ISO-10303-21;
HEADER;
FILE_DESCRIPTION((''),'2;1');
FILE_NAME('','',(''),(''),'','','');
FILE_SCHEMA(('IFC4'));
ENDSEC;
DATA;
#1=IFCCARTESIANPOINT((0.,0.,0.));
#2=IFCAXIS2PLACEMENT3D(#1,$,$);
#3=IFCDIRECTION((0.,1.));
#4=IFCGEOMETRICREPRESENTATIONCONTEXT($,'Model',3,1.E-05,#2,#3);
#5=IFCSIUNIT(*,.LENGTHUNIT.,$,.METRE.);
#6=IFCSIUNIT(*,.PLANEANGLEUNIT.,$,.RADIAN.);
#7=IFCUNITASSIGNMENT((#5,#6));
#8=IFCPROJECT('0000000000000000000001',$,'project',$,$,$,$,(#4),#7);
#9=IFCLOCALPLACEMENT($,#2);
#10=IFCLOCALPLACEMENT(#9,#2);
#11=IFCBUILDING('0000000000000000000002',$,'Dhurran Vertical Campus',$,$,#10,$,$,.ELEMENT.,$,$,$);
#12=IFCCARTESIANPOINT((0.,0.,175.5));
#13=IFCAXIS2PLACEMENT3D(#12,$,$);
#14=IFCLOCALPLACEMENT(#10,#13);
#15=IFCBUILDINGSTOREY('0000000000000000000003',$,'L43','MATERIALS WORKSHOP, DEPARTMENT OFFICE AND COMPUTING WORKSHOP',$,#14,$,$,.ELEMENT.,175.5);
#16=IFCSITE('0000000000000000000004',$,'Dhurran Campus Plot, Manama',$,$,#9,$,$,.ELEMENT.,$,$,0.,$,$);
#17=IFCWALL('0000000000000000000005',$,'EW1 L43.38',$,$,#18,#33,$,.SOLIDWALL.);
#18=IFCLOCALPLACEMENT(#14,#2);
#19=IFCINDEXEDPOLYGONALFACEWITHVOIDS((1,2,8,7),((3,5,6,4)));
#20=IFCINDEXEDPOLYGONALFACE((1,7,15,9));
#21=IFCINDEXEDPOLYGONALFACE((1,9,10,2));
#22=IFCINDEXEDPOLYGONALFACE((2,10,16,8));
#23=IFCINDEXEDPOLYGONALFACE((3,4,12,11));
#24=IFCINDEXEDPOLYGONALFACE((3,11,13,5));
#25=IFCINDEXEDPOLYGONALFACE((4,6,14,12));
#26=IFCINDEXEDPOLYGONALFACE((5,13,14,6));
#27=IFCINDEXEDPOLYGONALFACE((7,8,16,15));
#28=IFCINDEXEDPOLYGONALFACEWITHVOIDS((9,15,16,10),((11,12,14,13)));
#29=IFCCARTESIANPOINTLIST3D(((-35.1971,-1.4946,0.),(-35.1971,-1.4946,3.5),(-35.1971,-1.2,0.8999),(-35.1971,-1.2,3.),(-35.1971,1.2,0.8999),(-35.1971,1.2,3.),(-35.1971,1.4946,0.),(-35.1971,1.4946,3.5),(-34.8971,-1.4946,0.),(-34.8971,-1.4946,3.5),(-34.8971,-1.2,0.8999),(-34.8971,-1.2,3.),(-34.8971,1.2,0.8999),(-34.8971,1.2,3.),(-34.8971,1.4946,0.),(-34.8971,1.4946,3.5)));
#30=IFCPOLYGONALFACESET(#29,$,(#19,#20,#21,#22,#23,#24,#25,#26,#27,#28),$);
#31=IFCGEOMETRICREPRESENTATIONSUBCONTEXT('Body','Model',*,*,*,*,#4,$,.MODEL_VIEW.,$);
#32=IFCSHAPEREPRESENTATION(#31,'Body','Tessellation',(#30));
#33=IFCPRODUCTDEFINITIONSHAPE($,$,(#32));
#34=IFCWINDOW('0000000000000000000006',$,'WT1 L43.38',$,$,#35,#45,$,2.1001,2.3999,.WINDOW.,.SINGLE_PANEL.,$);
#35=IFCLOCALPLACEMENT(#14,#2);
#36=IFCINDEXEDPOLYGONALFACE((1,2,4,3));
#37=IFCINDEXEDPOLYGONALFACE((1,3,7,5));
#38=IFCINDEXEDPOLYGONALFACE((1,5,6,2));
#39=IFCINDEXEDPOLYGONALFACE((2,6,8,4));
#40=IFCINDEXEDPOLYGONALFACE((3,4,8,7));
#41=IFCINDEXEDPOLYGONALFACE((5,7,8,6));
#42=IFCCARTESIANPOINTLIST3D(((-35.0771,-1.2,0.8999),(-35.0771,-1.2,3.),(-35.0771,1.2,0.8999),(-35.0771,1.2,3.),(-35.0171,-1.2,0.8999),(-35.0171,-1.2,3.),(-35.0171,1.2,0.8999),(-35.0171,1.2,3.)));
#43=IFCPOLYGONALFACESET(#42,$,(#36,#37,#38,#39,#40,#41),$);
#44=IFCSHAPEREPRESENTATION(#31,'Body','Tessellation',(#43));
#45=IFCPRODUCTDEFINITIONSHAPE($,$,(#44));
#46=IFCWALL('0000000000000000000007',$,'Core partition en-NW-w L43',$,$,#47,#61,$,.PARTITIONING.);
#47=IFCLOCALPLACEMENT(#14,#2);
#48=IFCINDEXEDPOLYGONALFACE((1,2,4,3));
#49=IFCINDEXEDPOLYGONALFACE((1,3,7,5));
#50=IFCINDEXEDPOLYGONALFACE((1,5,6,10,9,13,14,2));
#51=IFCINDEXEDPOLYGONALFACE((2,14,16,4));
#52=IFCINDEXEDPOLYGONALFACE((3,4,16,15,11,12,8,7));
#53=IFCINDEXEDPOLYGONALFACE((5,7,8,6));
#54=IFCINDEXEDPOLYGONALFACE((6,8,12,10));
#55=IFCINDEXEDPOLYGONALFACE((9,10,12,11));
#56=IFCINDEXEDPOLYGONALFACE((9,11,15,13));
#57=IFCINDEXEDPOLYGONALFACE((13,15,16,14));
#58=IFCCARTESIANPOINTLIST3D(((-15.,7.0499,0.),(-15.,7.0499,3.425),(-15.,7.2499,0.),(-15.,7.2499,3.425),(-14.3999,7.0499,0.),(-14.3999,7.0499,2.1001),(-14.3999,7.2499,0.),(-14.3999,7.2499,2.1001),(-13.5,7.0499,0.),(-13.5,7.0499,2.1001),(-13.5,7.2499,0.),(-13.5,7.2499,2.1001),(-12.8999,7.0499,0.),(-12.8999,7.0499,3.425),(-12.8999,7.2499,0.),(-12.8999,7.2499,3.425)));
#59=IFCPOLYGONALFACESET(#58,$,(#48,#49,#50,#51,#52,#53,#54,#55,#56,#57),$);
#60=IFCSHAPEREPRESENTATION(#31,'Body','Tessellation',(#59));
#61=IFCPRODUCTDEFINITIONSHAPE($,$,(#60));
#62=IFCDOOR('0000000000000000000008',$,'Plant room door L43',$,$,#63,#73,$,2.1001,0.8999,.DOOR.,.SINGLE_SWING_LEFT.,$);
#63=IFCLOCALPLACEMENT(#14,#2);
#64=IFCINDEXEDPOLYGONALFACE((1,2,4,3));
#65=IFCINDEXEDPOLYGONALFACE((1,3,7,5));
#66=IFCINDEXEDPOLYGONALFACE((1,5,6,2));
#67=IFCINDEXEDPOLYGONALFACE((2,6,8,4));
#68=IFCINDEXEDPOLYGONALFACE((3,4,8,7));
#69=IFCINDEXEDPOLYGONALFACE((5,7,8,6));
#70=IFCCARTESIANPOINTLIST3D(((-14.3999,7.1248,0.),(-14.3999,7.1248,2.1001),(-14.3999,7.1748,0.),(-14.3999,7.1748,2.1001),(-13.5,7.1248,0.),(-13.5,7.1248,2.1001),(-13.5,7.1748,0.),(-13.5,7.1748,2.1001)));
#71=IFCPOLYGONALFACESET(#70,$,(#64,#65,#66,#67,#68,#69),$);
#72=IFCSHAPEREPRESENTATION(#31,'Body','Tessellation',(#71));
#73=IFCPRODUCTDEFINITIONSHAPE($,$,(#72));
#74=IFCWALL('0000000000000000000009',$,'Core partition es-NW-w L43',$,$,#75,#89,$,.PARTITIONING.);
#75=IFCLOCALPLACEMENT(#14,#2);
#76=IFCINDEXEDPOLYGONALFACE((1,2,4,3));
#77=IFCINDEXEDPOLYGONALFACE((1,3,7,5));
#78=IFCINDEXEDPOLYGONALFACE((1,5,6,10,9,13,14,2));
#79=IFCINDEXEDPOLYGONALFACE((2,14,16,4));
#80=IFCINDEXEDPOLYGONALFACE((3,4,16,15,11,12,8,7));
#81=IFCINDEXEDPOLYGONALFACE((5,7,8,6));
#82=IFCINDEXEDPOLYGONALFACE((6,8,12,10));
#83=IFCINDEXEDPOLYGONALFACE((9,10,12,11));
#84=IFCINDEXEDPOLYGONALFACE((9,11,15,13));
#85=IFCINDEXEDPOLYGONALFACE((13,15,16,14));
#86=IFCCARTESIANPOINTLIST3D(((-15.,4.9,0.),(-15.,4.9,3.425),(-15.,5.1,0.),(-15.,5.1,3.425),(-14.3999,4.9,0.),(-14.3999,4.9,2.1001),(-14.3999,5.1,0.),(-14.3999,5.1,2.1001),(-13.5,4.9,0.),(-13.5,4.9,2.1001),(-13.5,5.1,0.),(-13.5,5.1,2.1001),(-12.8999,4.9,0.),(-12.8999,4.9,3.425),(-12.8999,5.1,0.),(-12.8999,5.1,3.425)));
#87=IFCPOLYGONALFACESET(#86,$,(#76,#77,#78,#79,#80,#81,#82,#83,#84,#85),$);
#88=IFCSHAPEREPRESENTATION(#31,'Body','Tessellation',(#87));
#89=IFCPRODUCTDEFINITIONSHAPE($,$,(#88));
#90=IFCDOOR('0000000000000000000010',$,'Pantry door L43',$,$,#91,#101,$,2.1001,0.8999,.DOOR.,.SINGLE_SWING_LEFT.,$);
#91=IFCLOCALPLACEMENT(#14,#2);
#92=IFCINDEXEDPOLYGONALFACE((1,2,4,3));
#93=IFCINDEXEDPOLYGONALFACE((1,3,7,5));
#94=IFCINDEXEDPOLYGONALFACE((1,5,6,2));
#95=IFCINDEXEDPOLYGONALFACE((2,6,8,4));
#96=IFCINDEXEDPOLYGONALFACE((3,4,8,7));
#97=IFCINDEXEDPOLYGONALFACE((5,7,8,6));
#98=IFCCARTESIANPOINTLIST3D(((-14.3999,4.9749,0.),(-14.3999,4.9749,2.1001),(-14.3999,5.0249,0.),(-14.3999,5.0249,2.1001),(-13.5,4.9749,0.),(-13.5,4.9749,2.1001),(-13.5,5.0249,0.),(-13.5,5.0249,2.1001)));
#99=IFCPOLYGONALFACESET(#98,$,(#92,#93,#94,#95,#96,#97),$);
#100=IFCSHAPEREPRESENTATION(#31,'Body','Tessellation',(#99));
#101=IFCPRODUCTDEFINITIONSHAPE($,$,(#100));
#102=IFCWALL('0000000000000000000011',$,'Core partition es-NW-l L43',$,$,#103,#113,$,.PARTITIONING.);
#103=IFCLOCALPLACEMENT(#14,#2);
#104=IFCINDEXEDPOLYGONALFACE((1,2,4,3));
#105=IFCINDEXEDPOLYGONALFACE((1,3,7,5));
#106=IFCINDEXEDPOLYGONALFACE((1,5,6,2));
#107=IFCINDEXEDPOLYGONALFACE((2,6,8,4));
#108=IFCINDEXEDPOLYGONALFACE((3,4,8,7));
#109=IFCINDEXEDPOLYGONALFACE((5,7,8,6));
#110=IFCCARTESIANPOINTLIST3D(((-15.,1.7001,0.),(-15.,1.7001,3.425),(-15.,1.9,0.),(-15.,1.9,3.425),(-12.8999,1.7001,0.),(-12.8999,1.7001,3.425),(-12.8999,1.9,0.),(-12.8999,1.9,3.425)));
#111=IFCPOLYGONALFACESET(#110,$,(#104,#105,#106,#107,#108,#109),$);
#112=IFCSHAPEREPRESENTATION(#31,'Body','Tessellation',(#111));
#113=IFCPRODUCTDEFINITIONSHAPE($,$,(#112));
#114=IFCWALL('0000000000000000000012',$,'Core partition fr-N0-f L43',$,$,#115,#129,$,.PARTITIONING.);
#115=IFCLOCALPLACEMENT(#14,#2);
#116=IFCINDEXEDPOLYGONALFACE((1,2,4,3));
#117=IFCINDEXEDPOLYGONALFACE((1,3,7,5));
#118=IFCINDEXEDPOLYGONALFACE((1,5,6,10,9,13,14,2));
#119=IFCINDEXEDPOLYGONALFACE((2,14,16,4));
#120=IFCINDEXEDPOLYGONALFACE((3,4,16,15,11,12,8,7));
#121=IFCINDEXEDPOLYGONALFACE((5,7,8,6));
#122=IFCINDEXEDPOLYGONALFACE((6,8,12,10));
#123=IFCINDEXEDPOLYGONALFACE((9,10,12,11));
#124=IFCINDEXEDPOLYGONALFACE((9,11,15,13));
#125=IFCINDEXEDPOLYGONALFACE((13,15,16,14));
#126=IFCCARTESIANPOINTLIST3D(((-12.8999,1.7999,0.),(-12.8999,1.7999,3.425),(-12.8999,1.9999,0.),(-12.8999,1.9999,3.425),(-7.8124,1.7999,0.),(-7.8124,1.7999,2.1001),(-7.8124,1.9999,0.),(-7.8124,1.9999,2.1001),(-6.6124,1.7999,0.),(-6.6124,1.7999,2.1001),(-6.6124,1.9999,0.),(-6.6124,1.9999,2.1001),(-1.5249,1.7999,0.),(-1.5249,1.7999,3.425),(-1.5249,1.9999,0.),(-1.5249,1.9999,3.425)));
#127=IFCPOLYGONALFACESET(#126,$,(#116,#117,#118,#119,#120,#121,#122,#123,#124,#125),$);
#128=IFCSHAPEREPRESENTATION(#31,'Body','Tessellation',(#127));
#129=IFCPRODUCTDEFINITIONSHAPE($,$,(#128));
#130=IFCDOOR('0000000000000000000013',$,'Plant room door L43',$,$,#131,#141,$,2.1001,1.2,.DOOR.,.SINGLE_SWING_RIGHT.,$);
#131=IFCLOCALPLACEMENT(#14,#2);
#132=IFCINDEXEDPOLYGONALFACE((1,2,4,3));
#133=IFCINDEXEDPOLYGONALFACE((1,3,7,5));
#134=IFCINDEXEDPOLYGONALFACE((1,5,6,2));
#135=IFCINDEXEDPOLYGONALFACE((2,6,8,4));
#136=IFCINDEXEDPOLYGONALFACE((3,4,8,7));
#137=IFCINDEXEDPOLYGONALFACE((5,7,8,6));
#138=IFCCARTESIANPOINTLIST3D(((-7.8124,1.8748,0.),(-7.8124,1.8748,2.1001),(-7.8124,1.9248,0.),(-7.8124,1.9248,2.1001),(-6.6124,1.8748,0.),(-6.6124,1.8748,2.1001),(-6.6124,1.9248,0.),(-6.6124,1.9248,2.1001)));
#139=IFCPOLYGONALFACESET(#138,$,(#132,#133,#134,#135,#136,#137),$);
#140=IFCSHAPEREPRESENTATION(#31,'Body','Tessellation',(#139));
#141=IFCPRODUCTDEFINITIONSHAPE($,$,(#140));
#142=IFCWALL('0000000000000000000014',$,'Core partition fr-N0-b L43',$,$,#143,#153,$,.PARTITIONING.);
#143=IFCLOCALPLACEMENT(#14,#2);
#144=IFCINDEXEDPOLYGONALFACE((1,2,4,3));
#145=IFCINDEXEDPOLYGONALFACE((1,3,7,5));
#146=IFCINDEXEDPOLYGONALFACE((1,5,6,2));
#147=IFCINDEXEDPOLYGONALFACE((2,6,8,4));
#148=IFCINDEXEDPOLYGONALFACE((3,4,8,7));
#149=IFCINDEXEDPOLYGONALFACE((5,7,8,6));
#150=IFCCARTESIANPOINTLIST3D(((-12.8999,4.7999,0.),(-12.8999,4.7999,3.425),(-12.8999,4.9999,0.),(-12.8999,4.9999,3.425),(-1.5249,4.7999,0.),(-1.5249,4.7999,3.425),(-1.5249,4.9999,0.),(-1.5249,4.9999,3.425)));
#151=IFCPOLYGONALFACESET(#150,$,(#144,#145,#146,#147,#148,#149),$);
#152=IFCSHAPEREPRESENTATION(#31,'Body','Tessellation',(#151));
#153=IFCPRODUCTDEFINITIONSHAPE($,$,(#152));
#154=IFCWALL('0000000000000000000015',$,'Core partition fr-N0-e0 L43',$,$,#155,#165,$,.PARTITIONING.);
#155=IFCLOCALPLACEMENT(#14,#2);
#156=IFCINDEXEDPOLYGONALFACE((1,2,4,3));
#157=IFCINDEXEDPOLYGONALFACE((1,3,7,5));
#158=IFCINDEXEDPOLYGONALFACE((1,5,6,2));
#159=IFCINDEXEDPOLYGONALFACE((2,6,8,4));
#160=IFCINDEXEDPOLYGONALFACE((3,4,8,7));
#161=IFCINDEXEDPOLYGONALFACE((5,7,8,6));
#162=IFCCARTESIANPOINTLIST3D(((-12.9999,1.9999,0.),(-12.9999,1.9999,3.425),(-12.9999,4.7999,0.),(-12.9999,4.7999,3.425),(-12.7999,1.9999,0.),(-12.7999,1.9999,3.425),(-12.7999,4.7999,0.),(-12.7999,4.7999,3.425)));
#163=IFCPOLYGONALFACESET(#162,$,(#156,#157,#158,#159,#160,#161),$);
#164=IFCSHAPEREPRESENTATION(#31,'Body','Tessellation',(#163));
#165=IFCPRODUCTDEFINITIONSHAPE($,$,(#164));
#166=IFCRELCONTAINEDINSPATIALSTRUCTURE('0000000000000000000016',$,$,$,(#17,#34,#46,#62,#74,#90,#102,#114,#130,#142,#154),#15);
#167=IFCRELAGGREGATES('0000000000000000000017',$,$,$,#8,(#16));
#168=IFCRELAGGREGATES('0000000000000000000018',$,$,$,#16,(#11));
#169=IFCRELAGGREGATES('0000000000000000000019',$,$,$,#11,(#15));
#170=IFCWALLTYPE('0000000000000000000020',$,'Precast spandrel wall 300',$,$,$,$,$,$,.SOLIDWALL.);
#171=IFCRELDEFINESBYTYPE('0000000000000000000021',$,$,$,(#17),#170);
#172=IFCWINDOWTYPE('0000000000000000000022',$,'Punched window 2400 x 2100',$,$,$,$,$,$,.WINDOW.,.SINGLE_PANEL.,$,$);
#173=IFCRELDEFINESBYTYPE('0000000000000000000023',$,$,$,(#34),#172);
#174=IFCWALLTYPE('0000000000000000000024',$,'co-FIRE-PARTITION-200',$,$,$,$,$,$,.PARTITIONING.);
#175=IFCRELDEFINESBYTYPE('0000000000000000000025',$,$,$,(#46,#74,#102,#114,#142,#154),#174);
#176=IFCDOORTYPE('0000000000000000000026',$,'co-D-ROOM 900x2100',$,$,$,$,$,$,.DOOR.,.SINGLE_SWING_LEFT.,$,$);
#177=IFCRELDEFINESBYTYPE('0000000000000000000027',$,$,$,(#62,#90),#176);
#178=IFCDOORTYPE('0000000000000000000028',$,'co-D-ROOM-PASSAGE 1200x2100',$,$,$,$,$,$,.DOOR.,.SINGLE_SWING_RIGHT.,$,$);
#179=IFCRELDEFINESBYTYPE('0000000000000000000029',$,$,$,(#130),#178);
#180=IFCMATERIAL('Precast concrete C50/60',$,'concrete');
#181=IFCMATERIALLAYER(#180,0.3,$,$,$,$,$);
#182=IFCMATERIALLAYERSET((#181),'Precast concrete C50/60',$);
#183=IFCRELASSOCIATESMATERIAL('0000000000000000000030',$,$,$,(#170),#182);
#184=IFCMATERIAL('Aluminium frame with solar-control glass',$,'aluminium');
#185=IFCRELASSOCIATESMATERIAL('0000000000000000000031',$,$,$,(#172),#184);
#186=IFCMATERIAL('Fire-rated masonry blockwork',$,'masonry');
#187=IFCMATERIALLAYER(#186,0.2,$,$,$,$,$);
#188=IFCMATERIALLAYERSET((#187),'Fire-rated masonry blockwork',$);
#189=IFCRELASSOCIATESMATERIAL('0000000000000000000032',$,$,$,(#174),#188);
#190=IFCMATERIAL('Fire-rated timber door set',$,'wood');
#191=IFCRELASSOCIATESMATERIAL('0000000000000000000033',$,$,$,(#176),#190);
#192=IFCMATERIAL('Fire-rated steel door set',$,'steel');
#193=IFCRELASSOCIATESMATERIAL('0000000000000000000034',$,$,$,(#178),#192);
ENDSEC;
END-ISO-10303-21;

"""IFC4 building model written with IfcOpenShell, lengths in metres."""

from ifc_helpers import new_model, si_unit, direction, frame, frame_2d, origin, place, context, subcontext, project, spatial, rectangle, extrude, material, layer, layer_set, type_object, element, fill, save


model = new_model("IFC4")

# Units and contexts
model_context = context("Model", 3, precision=1e-05, world=origin(), true_north=direction((0.0, 1.0)))
body_context = subcontext(model_context, "Body", "Model", "MODEL_VIEW")
ifc_project = project(units=[si_unit("LENGTHUNIT", "METRE"), si_unit("PLANEANGLEUNIT", "RADIAN")], contexts=[model_context])

# Site, building, storey
site_placement = place(None, origin())
site = spatial("IfcSite", under=ifc_project, at=site_placement, Name="Dhurran Campus Plot, Manama", CompositionType="ELEMENT", RefElevation=0.0)
building_placement = place(site_placement, origin())
building = spatial("IfcBuilding", under=site, at=building_placement, Name="Dhurran Vertical Campus", CompositionType="ELEMENT")
storey_placement = place(building_placement, frame((0.0, 0.0, 175.5)))
storey = spatial("IfcBuildingStorey", under=building, at=storey_placement, Name="L43", Description="MATERIALS WORKSHOP, DEPARTMENT OFFICE AND COMPUTING WORKSHOP", CompositionType="ELEMENT", Elevation=175.5)

# Wall, opening, window
ifc_material_1 = material(Name="Precast concrete C50/60", Category="concrete")
ifc_layer_1 = layer(ifc_material_1, 0.3)
ifc_layer_set_1 = layer_set([ifc_layer_1], Name="Precast concrete C50/60")
wall_type_1 = type_object("IfcWallType", Name="Precast spandrel wall 300", PredefinedType="SOLIDWALL", material=ifc_layer_set_1)
ifc_material_2 = material(Name="Aluminium frame with solar-control glass", Category="aluminium")
window_type = type_object("IfcWindowType", Name="Punched window 2400 x 2100", PartitioningType="SINGLE_PANEL", PredefinedType="WINDOW", material=ifc_material_2)
wall_1_placement = place(storey_placement, frame((-35.0471, 1.4946, 0.0), z_axis=(0.0, 0.0, 1.0), x_axis=(0.0, -1.0, 0.0)))
wall_1 = element("IfcWall", 1, at=wall_1_placement, inside=storey, type_object=wall_type_1, Name="EW1 L43.38", PredefinedType="SOLIDWALL", context=body_context, shape_type="SweptSolid", body=[
    extrude(rectangle(XDim=2.9893, YDim=0.3, at=frame_2d((1.4946, 0.0))), origin(), (0.0, 0.0, 1.0), 3.5),
])
opening_1_placement = place(wall_1_placement, frame((0.2947, 0.0, 0.8999)))
opening_1 = element("IfcOpeningElement", 2, at=opening_1_placement, cuts=wall_1, PredefinedType="OPENING", context=body_context, shape_type="SweptSolid", body=[
    extrude(rectangle(XDim=2.3999, YDim=2.1001, at=frame_2d((1.2, 1.05))), frame((0.0, 0.1599, 0.0), z_axis=(0.0, -1.0, 0.0), x_axis=(1.0, 0.0, 0.0)), (0.0, 0.0, 1.0), 0.3201),
])
window_1_placement = place(opening_1_placement, origin())
window_1 = element("IfcWindow", 3, at=window_1_placement, inside=storey, type_object=window_type, Name="WT1 L43.38", OverallHeight=2.1001, OverallWidth=2.3999, PartitioningType="SINGLE_PANEL", PredefinedType="WINDOW", context=body_context, shape_type="SweptSolid", body=[
    extrude(rectangle(XDim=2.3999, YDim=2.1001, at=frame_2d((1.2, 1.05))), frame((0.0, 0.03, 0.0), z_axis=(0.0, -1.0, 0.0), x_axis=(1.0, 0.0, 0.0)), (0.0, 0.0, 1.0), 0.0601),
])
fill(opening_1, window_1)

# Walls, openings, doors
ifc_material_3 = material(Name="Fire-rated masonry blockwork", Category="masonry")
ifc_layer_2 = layer(ifc_material_3, 0.2)
ifc_layer_set_2 = layer_set([ifc_layer_2], Name="Fire-rated masonry blockwork")
wall_type_2 = type_object("IfcWallType", Name="co-FIRE-PARTITION-200", PredefinedType="PARTITIONING", material=ifc_layer_set_2)
wall_2_placement = place(storey_placement, frame((-15.0, 7.1499, 0.0), z_axis=(0.0, 0.0, 1.0), x_axis=(1.0, 0.0, 0.0)))
wall_2 = element("IfcWall", 4, at=wall_2_placement, inside=storey, type_object=wall_type_2, Name="Core partition en-NW-w L43", PredefinedType="PARTITIONING", context=body_context, shape_type="SweptSolid", body=[
    extrude(rectangle(XDim=2.1001, YDim=0.2, at=frame_2d((1.05, 0.0))), origin(), (0.0, 0.0, 1.0), 3.425),
])
opening_2_placement = place(wall_2_placement, frame((0.6001, 0.0, 0.0)))
opening_2 = element("IfcOpeningElement", 5, at=opening_2_placement, cuts=wall_2, PredefinedType="OPENING", context=body_context, shape_type="SweptSolid", body=[
    extrude(rectangle(XDim=0.8999, YDim=2.1001, at=frame_2d((0.45, 1.05))), frame((0.0, 0.1099, 0.0), z_axis=(0.0, -1.0, 0.0), x_axis=(1.0, 0.0, 0.0)), (0.0, 0.0, 1.0), 0.22),
])
ifc_material_4 = material(Name="Fire-rated timber door set", Category="wood")
door_type_1 = type_object("IfcDoorType", Name="co-D-ROOM 900x2100", OperationType="SINGLE_SWING_LEFT", PredefinedType="DOOR", material=ifc_material_4)
door_1_placement = place(opening_2_placement, origin())
door_1 = element("IfcDoor", 6, at=door_1_placement, inside=storey, type_object=door_type_1, Name="Plant room door L43", OperationType="SINGLE_SWING_LEFT", OverallHeight=2.1001, OverallWidth=0.8999, PredefinedType="DOOR", context=body_context, shape_type="SweptSolid", body=[
    extrude(rectangle(XDim=0.8999, YDim=2.1001, at=frame_2d((0.45, 1.05))), frame((0.0, 0.0249, 0.0), z_axis=(0.0, -1.0, 0.0), x_axis=(1.0, 0.0, 0.0)), (0.0, 0.0, 1.0), 0.05),
])
fill(opening_2, door_1)
wall_3_placement = place(storey_placement, frame((-15.0, 5.0, 0.0), z_axis=(0.0, 0.0, 1.0), x_axis=(1.0, 0.0, 0.0)))
wall_3 = element("IfcWall", 7, at=wall_3_placement, inside=storey, type_object=wall_type_2, Name="Core partition es-NW-w L43", PredefinedType="PARTITIONING", context=body_context, shape_type="SweptSolid", body=[
    extrude(rectangle(XDim=2.1001, YDim=0.2, at=frame_2d((1.05, 0.0))), origin(), (0.0, 0.0, 1.0), 3.425),
])
opening_3_placement = place(wall_3_placement, frame((0.6001, 0.0, 0.0)))
opening_3 = element("IfcOpeningElement", 8, at=opening_3_placement, cuts=wall_3, PredefinedType="OPENING", context=body_context, shape_type="SweptSolid", body=[
    extrude(rectangle(XDim=0.8999, YDim=2.1001, at=frame_2d((0.45, 1.05))), frame((0.0, 0.1099, 0.0), z_axis=(0.0, -1.0, 0.0), x_axis=(1.0, 0.0, 0.0)), (0.0, 0.0, 1.0), 0.22),
])
door_2_placement = place(opening_3_placement, origin())
door_2 = element("IfcDoor", 9, at=door_2_placement, inside=storey, type_object=door_type_1, Name="Pantry door L43", OperationType="SINGLE_SWING_LEFT", OverallHeight=2.1001, OverallWidth=0.8999, PredefinedType="DOOR", context=body_context, shape_type="SweptSolid", body=[
    extrude(rectangle(XDim=0.8999, YDim=2.1001, at=frame_2d((0.45, 1.05))), frame((0.0, 0.0249, 0.0), z_axis=(0.0, -1.0, 0.0), x_axis=(1.0, 0.0, 0.0)), (0.0, 0.0, 1.0), 0.05),
])
fill(opening_3, door_2)

# Wall
wall_4_placement = place(storey_placement, frame((-15.0, 1.8, 0.0), z_axis=(0.0, 0.0, 1.0), x_axis=(1.0, 0.0, 0.0)))
element("IfcWall", 10, at=wall_4_placement, inside=storey, type_object=wall_type_2, Name="Core partition es-NW-l L43", PredefinedType="PARTITIONING", context=body_context, shape_type="SweptSolid", body=[
    extrude(rectangle(XDim=2.1001, YDim=0.2, at=frame_2d((1.05, 0.0))), origin(), (0.0, 0.0, 1.0), 3.425),
])

# Wall, opening, door
wall_5_placement = place(storey_placement, frame((-12.8999, 1.8999, 0.0), z_axis=(0.0, 0.0, 1.0), x_axis=(1.0, 0.0, 0.0)))
wall_5 = element("IfcWall", 11, at=wall_5_placement, inside=storey, type_object=wall_type_2, Name="Core partition fr-N0-f L43", PredefinedType="PARTITIONING", context=body_context, shape_type="SweptSolid", body=[
    extrude(rectangle(XDim=11.375, YDim=0.2, at=frame_2d((5.6875, 0.0))), origin(), (0.0, 0.0, 1.0), 3.425),
])
opening_4_placement = place(wall_5_placement, frame((5.0874, 0.0, 0.0)))
opening_4 = element("IfcOpeningElement", 12, at=opening_4_placement, cuts=wall_5, PredefinedType="OPENING", context=body_context, shape_type="SweptSolid", body=[
    extrude(rectangle(XDim=1.2, YDim=2.1001, at=frame_2d((0.6001, 1.05))), frame((0.0, 0.1099, 0.0), z_axis=(0.0, -1.0, 0.0), x_axis=(1.0, 0.0, 0.0)), (0.0, 0.0, 1.0), 0.22),
])
ifc_material_5 = material(Name="Fire-rated steel door set", Category="steel")
door_type_2 = type_object("IfcDoorType", Name="co-D-ROOM-PASSAGE 1200x2100", OperationType="SINGLE_SWING_RIGHT", PredefinedType="DOOR", material=ifc_material_5)
door_3_placement = place(opening_4_placement, origin())
door_3 = element("IfcDoor", 13, at=door_3_placement, inside=storey, type_object=door_type_2, Name="Plant room door L43", OperationType="SINGLE_SWING_RIGHT", OverallHeight=2.1001, OverallWidth=1.2, PredefinedType="DOOR", context=body_context, shape_type="SweptSolid", body=[
    extrude(rectangle(XDim=1.2, YDim=2.1001, at=frame_2d((0.6001, 1.05))), frame((0.0, 0.0249, 0.0), z_axis=(0.0, -1.0, 0.0), x_axis=(1.0, 0.0, 0.0)), (0.0, 0.0, 1.0), 0.05),
])
fill(opening_4, door_3)

# Walls
wall_6_placement = place(storey_placement, frame((-12.8999, 4.8999, 0.0), z_axis=(0.0, 0.0, 1.0), x_axis=(1.0, 0.0, 0.0)))
element("IfcWall", 14, at=wall_6_placement, inside=storey, type_object=wall_type_2, Name="Core partition fr-N0-b L43", PredefinedType="PARTITIONING", context=body_context, shape_type="SweptSolid", body=[
    extrude(rectangle(XDim=11.375, YDim=0.2, at=frame_2d((5.6875, 0.0))), origin(), (0.0, 0.0, 1.0), 3.425),
])
wall_7_placement = place(storey_placement, frame((-12.8999, 2.0, 0.0), z_axis=(0.0, 0.0, 1.0), x_axis=(0.0, 1.0, 0.0)))
element("IfcWall", 15, at=wall_7_placement, inside=storey, type_object=wall_type_2, Name="Core partition fr-N0-e0 L43", PredefinedType="PARTITIONING", context=body_context, shape_type="SweptSolid", body=[
    extrude(rectangle(XDim=2.8, YDim=0.2, at=frame_2d((1.3999, 0.0))), origin(), (0.0, 0.0, 1.0), 3.425),
])

save(model, "model.ifc")
